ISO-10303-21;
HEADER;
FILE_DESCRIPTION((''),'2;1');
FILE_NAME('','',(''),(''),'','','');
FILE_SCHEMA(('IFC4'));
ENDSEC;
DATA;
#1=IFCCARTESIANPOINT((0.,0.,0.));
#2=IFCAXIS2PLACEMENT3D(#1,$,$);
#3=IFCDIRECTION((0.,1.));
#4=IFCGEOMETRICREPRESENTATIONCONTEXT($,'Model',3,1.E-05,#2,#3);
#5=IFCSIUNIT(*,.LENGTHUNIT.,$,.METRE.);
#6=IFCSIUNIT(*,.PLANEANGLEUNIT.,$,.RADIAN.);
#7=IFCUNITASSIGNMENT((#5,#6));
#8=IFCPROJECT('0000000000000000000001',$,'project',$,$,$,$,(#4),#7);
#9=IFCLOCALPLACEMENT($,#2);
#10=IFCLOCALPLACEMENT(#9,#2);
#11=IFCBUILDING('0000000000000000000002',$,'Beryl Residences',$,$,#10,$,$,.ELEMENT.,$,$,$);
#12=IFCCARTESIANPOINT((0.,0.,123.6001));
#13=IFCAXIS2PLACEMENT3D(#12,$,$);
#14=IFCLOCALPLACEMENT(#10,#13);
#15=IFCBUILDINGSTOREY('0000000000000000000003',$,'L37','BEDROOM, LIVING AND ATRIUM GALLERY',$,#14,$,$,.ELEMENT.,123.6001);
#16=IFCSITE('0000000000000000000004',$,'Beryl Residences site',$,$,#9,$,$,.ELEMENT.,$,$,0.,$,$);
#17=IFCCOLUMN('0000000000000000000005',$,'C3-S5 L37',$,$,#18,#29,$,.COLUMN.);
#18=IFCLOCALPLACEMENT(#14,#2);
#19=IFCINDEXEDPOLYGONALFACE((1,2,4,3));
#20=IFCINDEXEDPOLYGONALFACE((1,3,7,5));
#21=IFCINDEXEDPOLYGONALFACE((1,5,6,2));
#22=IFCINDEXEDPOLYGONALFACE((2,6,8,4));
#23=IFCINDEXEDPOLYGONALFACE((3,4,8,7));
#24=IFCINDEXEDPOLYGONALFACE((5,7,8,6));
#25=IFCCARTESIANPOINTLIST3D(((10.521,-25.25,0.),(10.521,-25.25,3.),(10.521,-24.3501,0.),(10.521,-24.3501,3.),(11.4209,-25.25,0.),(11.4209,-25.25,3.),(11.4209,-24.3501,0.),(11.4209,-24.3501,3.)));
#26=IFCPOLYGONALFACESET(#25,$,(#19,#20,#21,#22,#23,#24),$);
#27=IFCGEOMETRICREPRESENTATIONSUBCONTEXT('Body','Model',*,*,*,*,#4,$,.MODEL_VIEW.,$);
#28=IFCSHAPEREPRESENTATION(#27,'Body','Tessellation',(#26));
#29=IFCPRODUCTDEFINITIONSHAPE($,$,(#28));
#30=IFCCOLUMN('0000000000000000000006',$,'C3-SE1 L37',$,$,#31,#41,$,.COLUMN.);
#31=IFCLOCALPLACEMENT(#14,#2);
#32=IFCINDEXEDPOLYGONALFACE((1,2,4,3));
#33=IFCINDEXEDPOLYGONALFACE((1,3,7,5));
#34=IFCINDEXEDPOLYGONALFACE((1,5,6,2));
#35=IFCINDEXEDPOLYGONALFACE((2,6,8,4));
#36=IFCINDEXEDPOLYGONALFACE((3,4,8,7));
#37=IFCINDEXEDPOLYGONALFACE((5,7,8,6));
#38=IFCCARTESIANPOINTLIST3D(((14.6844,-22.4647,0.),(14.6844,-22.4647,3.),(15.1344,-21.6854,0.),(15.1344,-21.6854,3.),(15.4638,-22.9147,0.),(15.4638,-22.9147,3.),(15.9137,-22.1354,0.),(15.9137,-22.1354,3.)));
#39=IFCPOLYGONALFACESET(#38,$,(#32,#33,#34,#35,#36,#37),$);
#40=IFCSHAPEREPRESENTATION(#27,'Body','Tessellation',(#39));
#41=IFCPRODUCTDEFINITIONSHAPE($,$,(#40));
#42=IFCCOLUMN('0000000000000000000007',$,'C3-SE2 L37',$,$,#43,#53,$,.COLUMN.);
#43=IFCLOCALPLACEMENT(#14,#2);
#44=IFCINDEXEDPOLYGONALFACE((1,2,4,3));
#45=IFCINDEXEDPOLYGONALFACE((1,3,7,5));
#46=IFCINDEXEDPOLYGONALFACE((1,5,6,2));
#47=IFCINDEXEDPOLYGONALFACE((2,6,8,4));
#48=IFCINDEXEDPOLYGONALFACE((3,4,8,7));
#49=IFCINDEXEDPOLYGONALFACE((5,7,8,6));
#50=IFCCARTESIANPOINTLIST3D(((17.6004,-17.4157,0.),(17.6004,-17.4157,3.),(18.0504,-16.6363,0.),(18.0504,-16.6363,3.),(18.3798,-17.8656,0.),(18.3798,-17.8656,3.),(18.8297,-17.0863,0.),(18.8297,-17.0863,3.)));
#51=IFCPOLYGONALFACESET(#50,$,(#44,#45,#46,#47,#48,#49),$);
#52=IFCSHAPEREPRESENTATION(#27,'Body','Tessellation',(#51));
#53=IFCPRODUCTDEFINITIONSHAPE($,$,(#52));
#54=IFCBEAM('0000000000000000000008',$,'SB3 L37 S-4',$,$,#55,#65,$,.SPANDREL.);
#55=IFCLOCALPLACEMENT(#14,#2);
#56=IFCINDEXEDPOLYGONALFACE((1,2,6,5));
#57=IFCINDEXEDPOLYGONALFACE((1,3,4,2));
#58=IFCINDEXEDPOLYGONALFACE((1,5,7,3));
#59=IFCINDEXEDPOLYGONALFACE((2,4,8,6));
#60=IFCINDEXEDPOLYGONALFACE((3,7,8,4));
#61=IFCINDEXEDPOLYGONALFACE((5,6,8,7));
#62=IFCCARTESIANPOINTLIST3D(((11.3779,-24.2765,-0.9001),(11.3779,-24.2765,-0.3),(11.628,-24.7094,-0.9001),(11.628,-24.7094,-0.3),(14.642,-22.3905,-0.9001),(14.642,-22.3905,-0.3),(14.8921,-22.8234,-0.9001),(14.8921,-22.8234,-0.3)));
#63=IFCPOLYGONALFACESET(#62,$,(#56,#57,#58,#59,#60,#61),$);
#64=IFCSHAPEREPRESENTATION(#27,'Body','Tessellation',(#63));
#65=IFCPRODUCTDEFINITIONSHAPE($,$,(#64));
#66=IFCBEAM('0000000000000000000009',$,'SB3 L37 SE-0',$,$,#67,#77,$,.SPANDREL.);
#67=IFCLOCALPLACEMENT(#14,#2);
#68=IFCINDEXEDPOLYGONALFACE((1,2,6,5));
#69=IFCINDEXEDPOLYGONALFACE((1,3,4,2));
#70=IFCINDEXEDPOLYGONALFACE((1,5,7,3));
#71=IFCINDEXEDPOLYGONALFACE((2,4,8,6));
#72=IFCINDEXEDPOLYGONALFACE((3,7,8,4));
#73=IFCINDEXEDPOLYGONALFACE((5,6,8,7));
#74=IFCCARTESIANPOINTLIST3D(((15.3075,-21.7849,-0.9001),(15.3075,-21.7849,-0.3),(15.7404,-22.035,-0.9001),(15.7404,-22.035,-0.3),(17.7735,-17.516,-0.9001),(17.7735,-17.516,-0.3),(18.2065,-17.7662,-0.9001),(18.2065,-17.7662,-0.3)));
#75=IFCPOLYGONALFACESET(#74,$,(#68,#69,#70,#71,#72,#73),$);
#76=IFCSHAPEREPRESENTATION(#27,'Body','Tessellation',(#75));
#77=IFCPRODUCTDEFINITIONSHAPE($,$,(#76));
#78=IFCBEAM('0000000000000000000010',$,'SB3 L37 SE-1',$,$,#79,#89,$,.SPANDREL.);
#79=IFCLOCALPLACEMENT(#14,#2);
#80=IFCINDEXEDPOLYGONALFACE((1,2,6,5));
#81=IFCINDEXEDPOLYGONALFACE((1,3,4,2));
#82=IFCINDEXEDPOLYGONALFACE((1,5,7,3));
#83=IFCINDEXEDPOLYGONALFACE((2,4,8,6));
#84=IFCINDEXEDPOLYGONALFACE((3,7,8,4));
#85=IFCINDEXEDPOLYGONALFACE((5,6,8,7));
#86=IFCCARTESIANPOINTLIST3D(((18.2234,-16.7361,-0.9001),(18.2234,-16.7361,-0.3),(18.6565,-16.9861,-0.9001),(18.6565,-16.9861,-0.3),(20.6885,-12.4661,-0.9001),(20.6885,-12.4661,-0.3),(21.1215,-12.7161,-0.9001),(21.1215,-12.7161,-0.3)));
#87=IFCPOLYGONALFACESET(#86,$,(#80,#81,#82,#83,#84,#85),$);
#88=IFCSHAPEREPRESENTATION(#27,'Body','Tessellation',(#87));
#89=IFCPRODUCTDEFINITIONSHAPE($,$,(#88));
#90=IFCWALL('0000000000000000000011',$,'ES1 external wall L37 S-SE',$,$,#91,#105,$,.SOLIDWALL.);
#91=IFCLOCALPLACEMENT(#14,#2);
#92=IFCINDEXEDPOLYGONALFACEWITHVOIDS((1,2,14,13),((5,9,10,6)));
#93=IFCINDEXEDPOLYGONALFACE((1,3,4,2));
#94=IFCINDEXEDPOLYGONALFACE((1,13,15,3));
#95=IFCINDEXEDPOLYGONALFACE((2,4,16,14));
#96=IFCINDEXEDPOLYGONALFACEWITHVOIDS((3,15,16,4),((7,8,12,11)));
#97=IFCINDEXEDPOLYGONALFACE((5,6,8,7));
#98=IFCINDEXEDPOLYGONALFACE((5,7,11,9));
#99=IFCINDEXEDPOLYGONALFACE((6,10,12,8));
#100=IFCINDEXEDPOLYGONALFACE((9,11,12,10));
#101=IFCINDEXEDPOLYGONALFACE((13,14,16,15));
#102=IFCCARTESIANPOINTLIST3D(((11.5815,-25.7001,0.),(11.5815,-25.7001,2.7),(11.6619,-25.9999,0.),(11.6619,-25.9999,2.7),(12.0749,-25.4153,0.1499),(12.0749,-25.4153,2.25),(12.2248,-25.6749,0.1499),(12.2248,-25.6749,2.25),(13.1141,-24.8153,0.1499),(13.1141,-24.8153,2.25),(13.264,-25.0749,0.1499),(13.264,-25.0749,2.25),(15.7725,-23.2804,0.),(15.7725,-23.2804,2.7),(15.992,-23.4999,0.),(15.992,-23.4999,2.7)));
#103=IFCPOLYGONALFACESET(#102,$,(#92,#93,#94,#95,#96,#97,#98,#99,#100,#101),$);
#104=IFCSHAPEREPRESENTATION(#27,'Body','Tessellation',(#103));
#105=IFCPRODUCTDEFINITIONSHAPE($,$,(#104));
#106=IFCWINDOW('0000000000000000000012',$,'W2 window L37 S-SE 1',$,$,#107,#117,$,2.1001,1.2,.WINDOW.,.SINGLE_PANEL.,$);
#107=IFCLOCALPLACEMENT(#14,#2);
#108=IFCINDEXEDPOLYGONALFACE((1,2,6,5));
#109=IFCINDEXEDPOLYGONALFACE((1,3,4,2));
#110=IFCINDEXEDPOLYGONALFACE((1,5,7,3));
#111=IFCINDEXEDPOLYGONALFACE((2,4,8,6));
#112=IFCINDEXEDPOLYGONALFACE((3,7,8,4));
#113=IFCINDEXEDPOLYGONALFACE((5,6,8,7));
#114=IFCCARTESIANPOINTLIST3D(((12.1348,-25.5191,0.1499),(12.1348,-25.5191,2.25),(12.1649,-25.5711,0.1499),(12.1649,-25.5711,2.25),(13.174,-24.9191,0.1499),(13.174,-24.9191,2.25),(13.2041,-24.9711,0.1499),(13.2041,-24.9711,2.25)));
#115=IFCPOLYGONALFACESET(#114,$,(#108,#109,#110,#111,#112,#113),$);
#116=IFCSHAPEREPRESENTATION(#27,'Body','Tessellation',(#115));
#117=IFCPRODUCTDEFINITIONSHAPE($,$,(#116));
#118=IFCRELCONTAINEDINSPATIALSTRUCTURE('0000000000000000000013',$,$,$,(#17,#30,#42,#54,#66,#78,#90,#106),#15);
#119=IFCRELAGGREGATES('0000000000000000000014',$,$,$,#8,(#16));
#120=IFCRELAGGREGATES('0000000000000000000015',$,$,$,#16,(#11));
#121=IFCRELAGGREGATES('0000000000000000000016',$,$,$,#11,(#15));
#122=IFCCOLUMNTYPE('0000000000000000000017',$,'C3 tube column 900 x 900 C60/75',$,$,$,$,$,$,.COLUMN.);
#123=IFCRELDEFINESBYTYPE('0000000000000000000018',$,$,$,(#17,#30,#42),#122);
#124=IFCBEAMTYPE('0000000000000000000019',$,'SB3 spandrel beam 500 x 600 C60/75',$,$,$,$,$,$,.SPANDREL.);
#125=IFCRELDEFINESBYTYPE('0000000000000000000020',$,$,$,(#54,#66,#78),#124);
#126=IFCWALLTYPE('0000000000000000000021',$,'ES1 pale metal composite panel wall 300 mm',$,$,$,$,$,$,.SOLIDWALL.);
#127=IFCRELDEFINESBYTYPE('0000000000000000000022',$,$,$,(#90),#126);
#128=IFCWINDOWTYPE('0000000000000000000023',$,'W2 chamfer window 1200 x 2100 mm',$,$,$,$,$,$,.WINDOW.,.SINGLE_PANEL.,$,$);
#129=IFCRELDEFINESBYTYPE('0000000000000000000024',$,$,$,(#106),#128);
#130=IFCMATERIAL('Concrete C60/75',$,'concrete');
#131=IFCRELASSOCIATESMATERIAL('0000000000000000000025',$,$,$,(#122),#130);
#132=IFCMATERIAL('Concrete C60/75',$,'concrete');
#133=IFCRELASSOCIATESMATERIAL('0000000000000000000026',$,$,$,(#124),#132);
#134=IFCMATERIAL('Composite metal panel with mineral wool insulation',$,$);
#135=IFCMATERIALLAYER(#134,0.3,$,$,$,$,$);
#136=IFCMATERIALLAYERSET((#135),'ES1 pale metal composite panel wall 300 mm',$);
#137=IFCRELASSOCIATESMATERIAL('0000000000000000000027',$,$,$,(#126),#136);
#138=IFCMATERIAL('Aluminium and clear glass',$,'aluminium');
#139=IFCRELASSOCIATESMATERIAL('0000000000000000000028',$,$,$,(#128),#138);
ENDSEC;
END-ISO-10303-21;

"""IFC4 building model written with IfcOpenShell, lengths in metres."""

from ifc_helpers import new_model, si_unit, direction, frame, frame_2d, origin, origin_2d, place, context, subcontext, project, spatial, polyline, rectangle, outline, extrude, material, layer, layer_set, material_profile, profile_set, type_object, element, fill, save


model = new_model("IFC4")

# Units and contexts
model_context = context("Model", 3, precision=1e-05, world=origin(), true_north=direction((0.0, 1.0)))
body_context = subcontext(model_context, "Body", "Model", "MODEL_VIEW")
ifc_project = project(units=[si_unit("LENGTHUNIT", "METRE"), si_unit("PLANEANGLEUNIT", "RADIAN")], contexts=[model_context])

# Site, building, storey
site_placement = place(None, origin())
site = spatial("IfcSite", under=ifc_project, at=site_placement, Name="Beryl Residences site", CompositionType="ELEMENT", RefElevation=0.0)
building_placement = place(site_placement, origin())
building = spatial("IfcBuilding", under=site, at=building_placement, Name="Beryl Residences", CompositionType="ELEMENT")
storey_placement = place(building_placement, frame((0.0, 0.0, 123.6001)))
storey = spatial("IfcBuildingStorey", under=building, at=storey_placement, Name="L37", Description="BEDROOM, LIVING AND ATRIUM GALLERY", CompositionType="ELEMENT", Elevation=123.6001)

# Columns
ifc_material_1 = material(Name="Concrete C60/75", Category="concrete")
ifc_material_profile_1 = material_profile(ifc_material_1, rectangle(XDim=0.8999, YDim=0.8999, at=origin_2d()))
ifc_profile_set_1 = profile_set([ifc_material_profile_1], Name="Concrete C60/75")
column_type = type_object("IfcColumnType", Name="C3 tube column 900 x 900 C60/75", PredefinedType="COLUMN", material=ifc_profile_set_1)
for number, where, z_axis, x_axis, name in (
    (1, (10.9709, -24.8, 0.0), (0.0, 0.0, 1.0), (1.0, 0.0, 0.0), "C3-S5 L37"),
    (2, (15.2991, -22.3, 0.0), (0.0, 0.0, 1.0), (0.5, 0.866025, 0.0), "C3-SE1 L37"),
    (3, (18.2151, -17.251, 0.0), (0.0, 0.0, 1.0), (0.5, 0.866025, 0.0), "C3-SE2 L37"),
):
    element("IfcColumn", number, at=place(storey_placement, frame(where, z_axis=z_axis, x_axis=x_axis)), inside=storey, type_object=column_type, Name=name, PredefinedType="COLUMN", context=body_context, shape_type="SweptSolid", body=[
        extrude(rectangle(XDim=0.8999, YDim=0.8999, at=origin_2d()), origin(), (0.0, 0.0, 1.0), 3.0),
    ])

# Beams
ifc_material_2 = material(Name="Concrete C60/75", Category="concrete")
ifc_material_profile_2 = material_profile(ifc_material_2, rectangle(XDim=0.5, YDim=0.6001, at=origin_2d()))
ifc_profile_set_2 = profile_set([ifc_material_profile_2], Name="Concrete C60/75")
beam_type = type_object("IfcBeamType", Name="SB3 spandrel beam 500 x 600 C60/75", PredefinedType="SPANDREL", material=ifc_profile_set_2)
beam_1_placement = place(storey_placement, frame((11.5029, -24.4929, -0.6001), z_axis=(0.865862, 0.500283, 0.0), x_axis=(-0.500283, 0.865862, 0.0)))
element("IfcBeam", 4, at=beam_1_placement, inside=storey, type_object=beam_type, Name="SB3 L37 S-4", PredefinedType="SPANDREL", context=body_context, shape_type="SweptSolid", body=[
    extrude(rectangle(XDim=0.5, YDim=0.6001, at=origin_2d()), origin(), (0.0, 0.0, 1.0), 3.7698),
])
beam_2_placement = place(storey_placement, frame((15.5239, -21.9099, -0.6001), z_axis=(0.500224, 0.865896, 0.0), x_axis=(-0.865896, 0.500224, 0.0)))
element("IfcBeam", 5, at=beam_2_placement, inside=storey, type_object=beam_type, Name="SB3 L37 SE-0", PredefinedType="SPANDREL", context=body_context, shape_type="SweptSolid", body=[
    extrude(rectangle(XDim=0.5, YDim=0.6001, at=origin_2d()), origin(), (0.0, 0.0, 1.0), 4.9299),
])
beam_3_placement = place(storey_placement, frame((18.4399, -16.8611, -0.6001), z_axis=(0.499968, 0.866044, 0.0), x_axis=(-0.866044, 0.499968, 0.0)))
element("IfcBeam", 6, at=beam_3_placement, inside=storey, type_object=beam_type, Name="SB3 L37 SE-1", PredefinedType="SPANDREL", context=body_context, shape_type="SweptSolid", body=[
    extrude(rectangle(XDim=0.5, YDim=0.6001, at=origin_2d()), origin(), (0.0, 0.0, 1.0), 4.9304),
])

# Wall, opening, window
ifc_material_3 = material(Name="Composite metal panel with mineral wool insulation")
ifc_layer_1 = layer(ifc_material_3, 0.3)
ifc_layer_set_1 = layer_set([ifc_layer_1], Name="ES1 pale metal composite panel wall 300 mm")
wall_type_1 = type_object("IfcWallType", Name="ES1 pale metal composite panel wall 300 mm", PredefinedType="SOLIDWALL", material=ifc_layer_set_1)
wall_1_placement = place(storey_placement, frame((11.5869, -25.8701, 0.0), z_axis=(0.0, 0.0, 1.0), x_axis=(0.866023, 0.500004, 0.0)))
wall_1 = element("IfcWall", 7, at=wall_1_placement, inside=storey, type_object=wall_type_1, Name="ES1 external wall L37 S-SE", PredefinedType="SOLIDWALL", context=body_context, shape_type="SweptSolid", body=[
    extrude(outline(polyline([(0.0, -0.1499), (5.0, -0.1499), (4.9197, 0.1499), (0.0803, 0.1499), (0.0, -0.1499)])), origin(), (0.0, 0.0, 1.0), 2.7),
])
opening_1_placement = place(wall_1_placement, frame((0.6499, 0.0, 0.1499)))
opening_1 = element("IfcOpeningElement", 8, at=opening_1_placement, cuts=wall_1, PredefinedType="OPENING", context=body_context, shape_type="SweptSolid", body=[
    extrude(rectangle(XDim=1.2, YDim=2.1001, at=frame_2d((0.6001, 1.05))), frame((0.0, 0.1599, 0.0), z_axis=(0.0, -1.0, 0.0), x_axis=(1.0, 0.0, 0.0)), (0.0, 0.0, 1.0), 0.3201),
])
ifc_material_4 = material(Name="Aluminium and clear glass", Category="aluminium")
window_type_1 = type_object("IfcWindowType", Name="W2 chamfer window 1200 x 2100 mm", PartitioningType="SINGLE_PANEL", PredefinedType="WINDOW", material=ifc_material_4)
window_1_placement = place(opening_1_placement, origin())
window_1 = element("IfcWindow", 9, at=window_1_placement, inside=storey, type_object=window_type_1, Name="W2 window L37 S-SE 1", OverallHeight=2.1001, OverallWidth=1.2, PartitioningType="SINGLE_PANEL", PredefinedType="WINDOW", context=body_context, shape_type="SweptSolid", body=[
    extrude(rectangle(XDim=1.2, YDim=2.1001, at=frame_2d((0.6001, 1.05))), frame((0.0, 0.03, 0.0), z_axis=(0.0, -1.0, 0.0), x_axis=(1.0, 0.0, 0.0)), (0.0, 0.0, 1.0), 0.0601),
])
fill(opening_1, window_1)

save(model, "model.ifc")
